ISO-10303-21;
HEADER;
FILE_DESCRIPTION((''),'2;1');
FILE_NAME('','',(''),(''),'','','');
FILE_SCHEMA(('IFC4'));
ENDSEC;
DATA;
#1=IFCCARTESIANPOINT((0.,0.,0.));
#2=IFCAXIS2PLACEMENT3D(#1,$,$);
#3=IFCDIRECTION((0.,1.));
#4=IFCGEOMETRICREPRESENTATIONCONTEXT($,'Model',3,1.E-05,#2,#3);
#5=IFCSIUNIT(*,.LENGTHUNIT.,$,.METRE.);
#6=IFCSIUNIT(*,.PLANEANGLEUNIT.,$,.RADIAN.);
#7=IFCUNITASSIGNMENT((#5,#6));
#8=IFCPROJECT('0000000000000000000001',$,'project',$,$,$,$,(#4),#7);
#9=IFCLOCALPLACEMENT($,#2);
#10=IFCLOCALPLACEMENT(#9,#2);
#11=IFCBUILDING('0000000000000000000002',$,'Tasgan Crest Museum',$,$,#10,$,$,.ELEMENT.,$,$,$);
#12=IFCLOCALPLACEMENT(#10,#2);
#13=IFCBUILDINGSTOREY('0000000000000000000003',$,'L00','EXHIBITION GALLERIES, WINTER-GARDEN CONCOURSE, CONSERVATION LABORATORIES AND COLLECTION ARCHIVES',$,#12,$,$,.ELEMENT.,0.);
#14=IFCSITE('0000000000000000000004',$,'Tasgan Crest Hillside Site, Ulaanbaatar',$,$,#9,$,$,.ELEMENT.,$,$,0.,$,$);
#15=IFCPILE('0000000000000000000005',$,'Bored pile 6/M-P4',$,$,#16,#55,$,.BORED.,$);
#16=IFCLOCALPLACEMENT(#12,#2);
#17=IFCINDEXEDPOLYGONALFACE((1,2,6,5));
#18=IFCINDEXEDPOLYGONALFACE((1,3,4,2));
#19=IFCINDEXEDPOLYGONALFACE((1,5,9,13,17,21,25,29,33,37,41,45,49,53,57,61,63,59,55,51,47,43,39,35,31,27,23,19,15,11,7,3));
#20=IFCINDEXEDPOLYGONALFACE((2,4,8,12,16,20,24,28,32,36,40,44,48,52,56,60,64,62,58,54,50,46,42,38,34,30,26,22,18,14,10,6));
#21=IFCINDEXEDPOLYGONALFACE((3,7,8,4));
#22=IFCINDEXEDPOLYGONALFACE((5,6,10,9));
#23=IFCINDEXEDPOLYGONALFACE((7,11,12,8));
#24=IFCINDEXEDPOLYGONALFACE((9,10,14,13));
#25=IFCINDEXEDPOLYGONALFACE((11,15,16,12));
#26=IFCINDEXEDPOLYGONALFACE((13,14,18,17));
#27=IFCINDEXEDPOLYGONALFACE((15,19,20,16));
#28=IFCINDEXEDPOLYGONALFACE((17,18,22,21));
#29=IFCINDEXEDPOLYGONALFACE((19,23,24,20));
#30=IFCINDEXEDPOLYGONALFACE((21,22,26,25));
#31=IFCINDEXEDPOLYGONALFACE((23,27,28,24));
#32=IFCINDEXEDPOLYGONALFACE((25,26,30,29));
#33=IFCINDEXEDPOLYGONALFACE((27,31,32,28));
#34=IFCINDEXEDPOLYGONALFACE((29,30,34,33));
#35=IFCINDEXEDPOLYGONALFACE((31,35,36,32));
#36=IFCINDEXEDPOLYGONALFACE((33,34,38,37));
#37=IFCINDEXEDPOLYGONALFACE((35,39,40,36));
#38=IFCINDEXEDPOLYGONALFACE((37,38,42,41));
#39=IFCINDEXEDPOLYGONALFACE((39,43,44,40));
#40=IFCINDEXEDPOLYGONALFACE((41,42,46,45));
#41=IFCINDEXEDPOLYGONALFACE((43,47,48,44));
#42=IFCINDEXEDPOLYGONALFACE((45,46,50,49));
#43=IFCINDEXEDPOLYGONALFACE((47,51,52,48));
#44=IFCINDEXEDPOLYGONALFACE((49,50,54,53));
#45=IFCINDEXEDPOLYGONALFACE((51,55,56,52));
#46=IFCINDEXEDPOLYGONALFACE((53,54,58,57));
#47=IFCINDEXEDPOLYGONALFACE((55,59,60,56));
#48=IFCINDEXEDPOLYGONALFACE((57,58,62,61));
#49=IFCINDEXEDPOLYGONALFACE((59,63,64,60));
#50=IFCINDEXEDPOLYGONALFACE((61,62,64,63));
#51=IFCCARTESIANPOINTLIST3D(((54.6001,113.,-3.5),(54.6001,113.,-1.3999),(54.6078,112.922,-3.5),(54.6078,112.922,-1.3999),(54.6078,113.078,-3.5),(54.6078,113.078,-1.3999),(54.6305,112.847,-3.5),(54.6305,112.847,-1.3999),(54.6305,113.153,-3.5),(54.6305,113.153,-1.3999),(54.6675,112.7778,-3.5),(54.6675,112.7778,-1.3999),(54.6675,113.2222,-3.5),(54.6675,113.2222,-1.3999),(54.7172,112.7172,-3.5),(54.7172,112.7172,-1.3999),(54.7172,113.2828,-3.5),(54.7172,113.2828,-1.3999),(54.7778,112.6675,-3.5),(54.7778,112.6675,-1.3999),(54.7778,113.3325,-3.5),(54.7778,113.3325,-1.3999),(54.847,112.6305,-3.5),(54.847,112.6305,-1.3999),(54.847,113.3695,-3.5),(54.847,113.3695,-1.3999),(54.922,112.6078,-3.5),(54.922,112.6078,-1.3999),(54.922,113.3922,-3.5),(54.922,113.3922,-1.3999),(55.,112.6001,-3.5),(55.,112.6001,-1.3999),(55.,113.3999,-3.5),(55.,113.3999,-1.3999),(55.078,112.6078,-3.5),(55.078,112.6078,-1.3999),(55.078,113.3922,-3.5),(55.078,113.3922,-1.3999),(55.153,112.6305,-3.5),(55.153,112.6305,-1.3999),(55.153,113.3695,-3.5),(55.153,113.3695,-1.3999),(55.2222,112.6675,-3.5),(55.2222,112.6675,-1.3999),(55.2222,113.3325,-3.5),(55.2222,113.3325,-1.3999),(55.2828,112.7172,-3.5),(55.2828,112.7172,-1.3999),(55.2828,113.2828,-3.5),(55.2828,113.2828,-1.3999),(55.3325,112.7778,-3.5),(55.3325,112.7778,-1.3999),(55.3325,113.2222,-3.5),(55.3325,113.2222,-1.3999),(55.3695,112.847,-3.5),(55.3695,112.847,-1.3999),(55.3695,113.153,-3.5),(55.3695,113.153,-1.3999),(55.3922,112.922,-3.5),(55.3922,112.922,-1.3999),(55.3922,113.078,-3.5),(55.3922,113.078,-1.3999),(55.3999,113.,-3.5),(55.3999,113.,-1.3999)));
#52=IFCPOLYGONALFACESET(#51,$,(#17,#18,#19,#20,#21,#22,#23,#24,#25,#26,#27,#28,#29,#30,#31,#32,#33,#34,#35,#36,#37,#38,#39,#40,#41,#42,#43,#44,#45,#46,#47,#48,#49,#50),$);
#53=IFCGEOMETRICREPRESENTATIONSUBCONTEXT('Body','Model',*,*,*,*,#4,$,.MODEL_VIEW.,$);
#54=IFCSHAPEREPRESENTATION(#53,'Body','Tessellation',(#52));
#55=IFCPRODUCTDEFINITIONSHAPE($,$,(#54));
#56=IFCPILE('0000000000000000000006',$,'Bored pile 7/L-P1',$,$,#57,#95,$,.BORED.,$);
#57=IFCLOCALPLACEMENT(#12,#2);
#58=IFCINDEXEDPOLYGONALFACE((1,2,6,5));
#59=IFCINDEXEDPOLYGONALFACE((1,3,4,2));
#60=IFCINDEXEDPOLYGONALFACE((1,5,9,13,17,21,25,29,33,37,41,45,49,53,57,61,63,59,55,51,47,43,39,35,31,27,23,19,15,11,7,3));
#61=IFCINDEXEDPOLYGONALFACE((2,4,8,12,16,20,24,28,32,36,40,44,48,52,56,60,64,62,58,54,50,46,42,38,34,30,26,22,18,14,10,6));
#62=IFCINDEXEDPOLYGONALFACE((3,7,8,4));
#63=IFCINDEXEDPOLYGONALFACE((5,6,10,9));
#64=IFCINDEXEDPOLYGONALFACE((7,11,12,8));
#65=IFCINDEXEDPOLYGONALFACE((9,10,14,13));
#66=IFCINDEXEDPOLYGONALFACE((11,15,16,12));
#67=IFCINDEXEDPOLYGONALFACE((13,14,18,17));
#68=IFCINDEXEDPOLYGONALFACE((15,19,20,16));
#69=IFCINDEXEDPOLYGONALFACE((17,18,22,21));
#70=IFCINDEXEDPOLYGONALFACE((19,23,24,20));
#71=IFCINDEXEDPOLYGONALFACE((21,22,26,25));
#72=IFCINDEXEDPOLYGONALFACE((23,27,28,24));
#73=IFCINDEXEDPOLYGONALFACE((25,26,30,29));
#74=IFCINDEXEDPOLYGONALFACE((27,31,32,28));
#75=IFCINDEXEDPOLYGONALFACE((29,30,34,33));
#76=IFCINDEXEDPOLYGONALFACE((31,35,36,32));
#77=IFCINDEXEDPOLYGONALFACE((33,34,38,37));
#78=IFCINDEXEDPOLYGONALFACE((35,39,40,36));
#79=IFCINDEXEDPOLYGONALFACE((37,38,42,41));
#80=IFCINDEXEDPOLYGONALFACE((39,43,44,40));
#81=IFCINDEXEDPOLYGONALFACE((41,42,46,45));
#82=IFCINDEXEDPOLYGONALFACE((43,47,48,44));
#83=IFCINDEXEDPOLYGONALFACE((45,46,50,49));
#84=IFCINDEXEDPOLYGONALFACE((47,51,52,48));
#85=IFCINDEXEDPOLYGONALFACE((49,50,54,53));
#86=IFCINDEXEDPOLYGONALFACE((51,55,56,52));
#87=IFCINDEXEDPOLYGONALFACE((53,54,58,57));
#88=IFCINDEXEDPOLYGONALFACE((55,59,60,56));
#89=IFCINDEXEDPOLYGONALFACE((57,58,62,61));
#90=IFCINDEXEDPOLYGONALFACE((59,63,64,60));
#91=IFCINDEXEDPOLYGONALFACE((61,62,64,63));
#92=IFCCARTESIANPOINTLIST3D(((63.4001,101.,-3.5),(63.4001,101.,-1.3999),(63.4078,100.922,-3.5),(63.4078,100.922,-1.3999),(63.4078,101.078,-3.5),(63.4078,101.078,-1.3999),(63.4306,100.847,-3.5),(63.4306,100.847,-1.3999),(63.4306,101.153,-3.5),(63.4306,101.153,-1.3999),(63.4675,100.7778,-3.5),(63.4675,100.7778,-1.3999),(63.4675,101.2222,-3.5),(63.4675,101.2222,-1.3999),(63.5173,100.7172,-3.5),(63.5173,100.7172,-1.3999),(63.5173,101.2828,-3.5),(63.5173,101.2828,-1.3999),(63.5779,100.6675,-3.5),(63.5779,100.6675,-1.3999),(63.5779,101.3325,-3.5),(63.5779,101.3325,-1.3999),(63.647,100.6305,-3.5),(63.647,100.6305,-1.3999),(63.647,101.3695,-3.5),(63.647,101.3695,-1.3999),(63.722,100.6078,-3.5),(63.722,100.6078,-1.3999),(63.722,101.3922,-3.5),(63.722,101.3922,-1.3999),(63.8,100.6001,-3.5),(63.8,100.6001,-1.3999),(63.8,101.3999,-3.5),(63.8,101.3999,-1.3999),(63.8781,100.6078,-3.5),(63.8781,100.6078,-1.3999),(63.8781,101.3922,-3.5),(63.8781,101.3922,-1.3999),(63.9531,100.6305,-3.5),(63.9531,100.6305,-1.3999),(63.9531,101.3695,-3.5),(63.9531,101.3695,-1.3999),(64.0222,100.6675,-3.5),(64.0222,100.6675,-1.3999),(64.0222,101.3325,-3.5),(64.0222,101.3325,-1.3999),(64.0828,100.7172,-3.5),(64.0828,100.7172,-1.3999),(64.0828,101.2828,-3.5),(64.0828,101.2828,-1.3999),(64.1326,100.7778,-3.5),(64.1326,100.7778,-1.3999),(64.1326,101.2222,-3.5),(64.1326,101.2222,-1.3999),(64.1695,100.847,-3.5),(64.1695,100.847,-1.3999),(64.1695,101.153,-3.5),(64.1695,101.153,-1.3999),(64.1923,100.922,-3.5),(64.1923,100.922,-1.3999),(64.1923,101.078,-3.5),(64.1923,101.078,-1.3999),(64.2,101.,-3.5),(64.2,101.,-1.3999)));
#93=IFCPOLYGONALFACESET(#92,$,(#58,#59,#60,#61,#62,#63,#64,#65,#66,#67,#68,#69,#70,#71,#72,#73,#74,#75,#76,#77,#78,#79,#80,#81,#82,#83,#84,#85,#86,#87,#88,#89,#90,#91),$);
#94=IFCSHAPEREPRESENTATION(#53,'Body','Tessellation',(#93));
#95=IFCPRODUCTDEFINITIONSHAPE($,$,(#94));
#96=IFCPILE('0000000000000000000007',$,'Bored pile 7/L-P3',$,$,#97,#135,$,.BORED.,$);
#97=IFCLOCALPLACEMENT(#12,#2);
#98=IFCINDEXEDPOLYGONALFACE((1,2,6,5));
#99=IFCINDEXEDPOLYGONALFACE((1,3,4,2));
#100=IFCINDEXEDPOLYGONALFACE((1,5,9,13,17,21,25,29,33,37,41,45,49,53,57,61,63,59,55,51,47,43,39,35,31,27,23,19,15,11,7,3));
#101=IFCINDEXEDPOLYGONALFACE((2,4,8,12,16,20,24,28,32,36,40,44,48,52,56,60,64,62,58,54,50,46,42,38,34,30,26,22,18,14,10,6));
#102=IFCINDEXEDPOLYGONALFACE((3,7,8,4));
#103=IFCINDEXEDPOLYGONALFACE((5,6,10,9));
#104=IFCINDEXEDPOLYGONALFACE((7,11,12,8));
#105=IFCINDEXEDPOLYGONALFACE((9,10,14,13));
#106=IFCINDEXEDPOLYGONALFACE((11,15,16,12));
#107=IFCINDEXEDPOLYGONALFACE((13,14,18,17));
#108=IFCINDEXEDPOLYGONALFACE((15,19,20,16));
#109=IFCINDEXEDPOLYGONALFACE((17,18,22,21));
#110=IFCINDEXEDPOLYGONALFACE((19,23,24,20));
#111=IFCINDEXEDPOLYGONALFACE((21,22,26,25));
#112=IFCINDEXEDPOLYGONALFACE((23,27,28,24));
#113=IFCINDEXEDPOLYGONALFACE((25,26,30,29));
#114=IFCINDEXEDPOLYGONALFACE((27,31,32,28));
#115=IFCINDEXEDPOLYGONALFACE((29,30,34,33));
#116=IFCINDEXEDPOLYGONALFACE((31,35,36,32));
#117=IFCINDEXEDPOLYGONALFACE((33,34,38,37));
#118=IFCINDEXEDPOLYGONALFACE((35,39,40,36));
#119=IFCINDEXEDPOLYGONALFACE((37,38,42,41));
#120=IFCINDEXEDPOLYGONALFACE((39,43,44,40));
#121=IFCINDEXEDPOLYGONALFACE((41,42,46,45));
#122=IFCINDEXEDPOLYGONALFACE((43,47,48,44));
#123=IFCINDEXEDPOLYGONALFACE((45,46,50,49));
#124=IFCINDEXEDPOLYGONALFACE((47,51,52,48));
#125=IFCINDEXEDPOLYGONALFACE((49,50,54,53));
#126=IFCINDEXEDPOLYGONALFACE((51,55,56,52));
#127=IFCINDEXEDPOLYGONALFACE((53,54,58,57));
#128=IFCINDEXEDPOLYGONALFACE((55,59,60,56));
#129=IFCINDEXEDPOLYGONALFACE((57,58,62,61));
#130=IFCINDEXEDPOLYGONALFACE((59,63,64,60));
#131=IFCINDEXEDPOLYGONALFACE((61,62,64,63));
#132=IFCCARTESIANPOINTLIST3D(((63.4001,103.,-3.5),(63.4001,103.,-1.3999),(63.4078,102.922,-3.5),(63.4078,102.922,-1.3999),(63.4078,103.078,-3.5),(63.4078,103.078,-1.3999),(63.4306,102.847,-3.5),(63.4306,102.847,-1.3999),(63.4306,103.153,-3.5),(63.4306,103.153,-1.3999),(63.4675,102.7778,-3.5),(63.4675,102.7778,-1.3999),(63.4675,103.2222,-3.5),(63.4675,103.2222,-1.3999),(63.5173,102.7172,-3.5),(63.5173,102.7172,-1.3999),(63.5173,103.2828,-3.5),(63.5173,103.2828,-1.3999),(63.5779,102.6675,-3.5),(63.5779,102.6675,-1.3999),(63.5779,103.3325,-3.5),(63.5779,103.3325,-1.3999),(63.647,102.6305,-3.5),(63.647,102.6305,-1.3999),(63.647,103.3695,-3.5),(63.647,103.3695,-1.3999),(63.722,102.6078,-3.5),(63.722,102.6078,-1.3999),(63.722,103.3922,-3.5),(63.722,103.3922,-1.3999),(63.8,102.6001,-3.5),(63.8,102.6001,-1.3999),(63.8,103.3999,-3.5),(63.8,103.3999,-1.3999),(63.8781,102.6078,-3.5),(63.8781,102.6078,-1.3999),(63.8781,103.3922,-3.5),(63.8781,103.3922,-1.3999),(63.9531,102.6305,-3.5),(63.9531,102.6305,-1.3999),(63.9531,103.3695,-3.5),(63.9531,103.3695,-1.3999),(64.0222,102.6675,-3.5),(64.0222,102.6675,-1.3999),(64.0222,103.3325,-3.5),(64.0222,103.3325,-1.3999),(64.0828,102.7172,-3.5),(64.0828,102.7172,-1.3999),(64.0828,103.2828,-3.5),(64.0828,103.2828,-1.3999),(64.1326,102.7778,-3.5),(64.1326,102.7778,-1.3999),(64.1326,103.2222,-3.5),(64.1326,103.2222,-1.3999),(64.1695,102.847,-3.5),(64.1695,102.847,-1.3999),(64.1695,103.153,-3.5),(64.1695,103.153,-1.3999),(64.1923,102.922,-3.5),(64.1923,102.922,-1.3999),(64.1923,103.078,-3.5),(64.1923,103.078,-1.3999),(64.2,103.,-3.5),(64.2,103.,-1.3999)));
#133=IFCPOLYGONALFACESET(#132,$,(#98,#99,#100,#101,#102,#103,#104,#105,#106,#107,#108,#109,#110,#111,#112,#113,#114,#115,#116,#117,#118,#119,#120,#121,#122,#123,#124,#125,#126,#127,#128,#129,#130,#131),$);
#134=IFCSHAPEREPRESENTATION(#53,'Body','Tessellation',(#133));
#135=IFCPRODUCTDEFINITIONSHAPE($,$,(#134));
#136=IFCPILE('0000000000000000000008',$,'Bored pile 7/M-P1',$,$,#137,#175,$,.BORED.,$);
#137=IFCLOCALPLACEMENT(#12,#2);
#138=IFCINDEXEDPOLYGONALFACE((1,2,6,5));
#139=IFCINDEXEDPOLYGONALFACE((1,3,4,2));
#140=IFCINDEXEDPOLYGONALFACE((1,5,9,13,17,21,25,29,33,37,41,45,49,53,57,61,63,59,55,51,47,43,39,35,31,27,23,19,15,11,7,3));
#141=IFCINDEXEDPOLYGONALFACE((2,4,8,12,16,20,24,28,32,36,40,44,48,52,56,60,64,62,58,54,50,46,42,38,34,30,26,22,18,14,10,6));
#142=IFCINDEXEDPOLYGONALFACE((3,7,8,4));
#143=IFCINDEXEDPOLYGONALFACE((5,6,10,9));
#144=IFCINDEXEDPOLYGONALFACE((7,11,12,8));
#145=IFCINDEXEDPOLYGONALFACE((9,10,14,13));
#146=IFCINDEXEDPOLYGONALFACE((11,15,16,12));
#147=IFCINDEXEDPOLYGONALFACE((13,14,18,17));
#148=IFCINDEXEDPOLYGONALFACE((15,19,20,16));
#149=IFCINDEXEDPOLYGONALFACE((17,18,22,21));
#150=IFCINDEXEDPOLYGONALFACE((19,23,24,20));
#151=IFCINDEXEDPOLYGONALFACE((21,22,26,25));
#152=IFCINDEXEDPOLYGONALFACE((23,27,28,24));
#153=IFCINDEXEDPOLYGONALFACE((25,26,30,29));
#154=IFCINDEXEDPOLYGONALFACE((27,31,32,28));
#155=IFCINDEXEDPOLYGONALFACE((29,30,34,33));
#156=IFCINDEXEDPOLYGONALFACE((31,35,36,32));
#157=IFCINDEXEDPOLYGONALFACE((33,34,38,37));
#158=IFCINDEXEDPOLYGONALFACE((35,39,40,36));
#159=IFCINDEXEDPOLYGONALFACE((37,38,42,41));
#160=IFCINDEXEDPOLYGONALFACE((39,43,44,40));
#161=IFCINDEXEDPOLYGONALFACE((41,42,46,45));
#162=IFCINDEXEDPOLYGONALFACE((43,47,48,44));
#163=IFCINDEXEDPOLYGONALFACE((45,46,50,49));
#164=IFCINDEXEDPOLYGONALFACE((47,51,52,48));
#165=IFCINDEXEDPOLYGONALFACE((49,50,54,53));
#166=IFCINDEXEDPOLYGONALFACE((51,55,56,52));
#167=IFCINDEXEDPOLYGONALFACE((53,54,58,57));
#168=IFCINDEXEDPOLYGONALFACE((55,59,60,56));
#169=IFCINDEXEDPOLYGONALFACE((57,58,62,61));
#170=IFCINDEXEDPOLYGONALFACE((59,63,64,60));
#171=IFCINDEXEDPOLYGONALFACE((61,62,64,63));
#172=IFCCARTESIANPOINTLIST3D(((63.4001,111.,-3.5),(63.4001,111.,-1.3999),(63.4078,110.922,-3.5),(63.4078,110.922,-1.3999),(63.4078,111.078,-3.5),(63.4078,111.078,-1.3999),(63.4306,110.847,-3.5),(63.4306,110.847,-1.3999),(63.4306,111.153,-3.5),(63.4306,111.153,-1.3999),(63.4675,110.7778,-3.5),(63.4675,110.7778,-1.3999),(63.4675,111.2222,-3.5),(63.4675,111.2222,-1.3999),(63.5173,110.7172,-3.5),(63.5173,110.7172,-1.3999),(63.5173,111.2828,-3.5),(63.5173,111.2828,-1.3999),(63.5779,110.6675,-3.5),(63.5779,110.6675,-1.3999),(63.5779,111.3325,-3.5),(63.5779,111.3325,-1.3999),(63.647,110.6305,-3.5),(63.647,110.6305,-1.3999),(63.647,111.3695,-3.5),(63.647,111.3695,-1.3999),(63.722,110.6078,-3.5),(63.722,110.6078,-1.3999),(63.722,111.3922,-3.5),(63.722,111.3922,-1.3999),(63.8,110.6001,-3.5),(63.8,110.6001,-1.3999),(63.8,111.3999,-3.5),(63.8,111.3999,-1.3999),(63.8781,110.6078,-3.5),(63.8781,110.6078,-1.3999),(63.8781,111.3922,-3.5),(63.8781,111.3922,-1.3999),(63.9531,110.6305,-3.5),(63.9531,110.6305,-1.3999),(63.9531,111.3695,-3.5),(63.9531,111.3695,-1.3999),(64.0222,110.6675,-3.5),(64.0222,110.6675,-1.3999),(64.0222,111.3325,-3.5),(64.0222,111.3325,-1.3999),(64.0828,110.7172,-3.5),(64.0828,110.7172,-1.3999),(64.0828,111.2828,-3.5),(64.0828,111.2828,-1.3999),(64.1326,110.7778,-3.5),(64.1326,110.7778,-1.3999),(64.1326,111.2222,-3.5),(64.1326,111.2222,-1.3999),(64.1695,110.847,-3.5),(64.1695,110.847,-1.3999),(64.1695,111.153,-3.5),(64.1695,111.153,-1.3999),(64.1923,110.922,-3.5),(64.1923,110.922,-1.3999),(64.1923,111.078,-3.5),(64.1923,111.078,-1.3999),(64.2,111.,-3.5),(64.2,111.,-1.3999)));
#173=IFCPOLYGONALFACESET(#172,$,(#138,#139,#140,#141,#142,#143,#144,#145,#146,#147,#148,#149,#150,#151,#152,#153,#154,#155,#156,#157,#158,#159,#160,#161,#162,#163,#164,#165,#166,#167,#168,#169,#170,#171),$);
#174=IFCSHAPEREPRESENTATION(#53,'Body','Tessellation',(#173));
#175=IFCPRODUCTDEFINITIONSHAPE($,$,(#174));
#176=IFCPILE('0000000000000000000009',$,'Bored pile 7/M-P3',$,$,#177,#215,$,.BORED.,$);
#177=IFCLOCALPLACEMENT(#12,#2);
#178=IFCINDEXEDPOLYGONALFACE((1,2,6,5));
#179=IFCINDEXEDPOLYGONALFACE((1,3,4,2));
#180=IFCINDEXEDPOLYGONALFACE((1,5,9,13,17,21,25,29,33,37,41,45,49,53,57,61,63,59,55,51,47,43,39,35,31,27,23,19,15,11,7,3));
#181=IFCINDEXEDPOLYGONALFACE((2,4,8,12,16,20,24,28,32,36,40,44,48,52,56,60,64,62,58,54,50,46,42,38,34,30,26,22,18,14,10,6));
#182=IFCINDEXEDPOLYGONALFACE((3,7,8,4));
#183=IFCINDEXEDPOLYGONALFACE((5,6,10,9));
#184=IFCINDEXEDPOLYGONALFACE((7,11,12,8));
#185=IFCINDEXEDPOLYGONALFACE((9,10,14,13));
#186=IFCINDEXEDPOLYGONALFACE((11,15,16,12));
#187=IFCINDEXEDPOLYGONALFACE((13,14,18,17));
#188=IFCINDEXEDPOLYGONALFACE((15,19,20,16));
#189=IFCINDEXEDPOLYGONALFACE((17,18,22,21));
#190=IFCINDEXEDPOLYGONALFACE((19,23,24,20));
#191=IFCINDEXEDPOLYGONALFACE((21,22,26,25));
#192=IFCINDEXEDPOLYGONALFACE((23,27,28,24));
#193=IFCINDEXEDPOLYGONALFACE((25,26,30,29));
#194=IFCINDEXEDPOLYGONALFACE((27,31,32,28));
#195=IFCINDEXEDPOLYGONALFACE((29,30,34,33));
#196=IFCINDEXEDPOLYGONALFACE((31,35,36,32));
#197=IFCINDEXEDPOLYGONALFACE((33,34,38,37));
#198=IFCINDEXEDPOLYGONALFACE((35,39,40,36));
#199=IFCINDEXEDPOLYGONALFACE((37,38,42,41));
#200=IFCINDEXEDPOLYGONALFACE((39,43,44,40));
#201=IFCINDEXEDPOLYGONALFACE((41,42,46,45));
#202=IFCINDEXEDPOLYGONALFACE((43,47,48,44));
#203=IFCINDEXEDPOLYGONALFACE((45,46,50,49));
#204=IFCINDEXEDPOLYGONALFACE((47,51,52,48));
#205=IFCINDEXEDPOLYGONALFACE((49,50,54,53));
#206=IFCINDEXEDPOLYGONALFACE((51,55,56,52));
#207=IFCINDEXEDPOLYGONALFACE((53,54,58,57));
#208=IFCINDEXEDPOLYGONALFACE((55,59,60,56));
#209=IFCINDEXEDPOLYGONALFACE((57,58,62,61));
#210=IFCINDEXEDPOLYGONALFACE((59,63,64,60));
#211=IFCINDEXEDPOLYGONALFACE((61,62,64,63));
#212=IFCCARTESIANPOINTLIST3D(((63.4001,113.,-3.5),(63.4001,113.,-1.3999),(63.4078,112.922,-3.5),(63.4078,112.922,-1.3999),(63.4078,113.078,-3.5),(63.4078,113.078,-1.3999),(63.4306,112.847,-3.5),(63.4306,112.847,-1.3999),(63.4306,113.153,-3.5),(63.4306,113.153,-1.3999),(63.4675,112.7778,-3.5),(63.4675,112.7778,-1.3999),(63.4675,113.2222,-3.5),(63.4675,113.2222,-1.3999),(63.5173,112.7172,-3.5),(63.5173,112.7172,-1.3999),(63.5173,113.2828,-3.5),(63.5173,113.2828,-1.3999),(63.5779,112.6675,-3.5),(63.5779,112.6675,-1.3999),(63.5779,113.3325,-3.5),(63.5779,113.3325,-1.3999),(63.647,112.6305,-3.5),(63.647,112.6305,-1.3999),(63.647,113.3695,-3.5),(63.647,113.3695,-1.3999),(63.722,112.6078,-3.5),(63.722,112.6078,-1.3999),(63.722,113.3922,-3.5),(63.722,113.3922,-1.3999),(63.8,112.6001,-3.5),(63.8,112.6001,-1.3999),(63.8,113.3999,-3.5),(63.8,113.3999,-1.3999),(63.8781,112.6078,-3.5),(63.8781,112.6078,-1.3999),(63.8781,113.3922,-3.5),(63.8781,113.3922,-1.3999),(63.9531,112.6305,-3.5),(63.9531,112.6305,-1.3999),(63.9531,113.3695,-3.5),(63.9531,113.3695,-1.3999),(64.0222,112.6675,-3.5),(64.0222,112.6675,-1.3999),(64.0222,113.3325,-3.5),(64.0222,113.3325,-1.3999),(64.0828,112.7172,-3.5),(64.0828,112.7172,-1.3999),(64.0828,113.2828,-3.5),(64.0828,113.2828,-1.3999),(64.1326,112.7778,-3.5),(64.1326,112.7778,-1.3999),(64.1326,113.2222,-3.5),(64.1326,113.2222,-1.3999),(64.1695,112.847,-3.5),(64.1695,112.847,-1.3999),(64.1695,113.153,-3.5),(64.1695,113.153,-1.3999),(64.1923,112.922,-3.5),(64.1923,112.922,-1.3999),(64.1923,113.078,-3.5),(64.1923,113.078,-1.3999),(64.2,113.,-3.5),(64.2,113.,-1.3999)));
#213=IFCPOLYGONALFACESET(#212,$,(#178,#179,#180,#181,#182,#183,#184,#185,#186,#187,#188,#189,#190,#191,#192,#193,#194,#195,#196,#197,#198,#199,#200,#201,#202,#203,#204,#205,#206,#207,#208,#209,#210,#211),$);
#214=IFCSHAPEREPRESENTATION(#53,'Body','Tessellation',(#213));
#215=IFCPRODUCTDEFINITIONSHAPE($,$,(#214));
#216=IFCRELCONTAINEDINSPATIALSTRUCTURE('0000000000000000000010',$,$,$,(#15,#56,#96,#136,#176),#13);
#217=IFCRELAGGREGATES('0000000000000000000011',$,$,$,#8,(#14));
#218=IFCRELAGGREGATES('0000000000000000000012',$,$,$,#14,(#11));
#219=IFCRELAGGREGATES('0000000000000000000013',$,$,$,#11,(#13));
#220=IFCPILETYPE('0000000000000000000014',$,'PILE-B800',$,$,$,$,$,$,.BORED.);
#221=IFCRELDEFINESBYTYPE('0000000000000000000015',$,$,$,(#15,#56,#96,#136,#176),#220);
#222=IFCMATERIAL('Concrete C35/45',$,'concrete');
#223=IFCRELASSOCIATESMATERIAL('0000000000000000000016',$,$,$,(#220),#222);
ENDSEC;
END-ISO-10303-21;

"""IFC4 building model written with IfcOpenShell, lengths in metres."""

from ifc_helpers import new_model, si_unit, direction, frame, origin, origin_2d, place, context, subcontext, project, spatial, circle, extrude, material, material_profile, profile_set, type_object, element, save


model = new_model("IFC4")

# Units and contexts
model_context = context("Model", 3, precision=1e-05, world=origin(), true_north=direction((0.0, 1.0)))
body_context = subcontext(model_context, "Body", "Model", "MODEL_VIEW")
ifc_project = project(units=[si_unit("LENGTHUNIT", "METRE"), si_unit("PLANEANGLEUNIT", "RADIAN")], contexts=[model_context])

# Site, building, storey
site_placement = place(None, origin())
site = spatial("IfcSite", under=ifc_project, at=site_placement, Name="Tasgan Crest Hillside Site, Ulaanbaatar", CompositionType="ELEMENT", RefElevation=0.0)
building_placement = place(site_placement, origin())
building = spatial("IfcBuilding", under=site, at=building_placement, Name="Tasgan Crest Museum", CompositionType="ELEMENT")
storey_placement = place(building_placement, origin())
storey = spatial("IfcBuildingStorey", under=building, at=storey_placement, Name="L00", Description="EXHIBITION GALLERIES, WINTER-GARDEN CONCOURSE, CONSERVATION LABORATORIES AND COLLECTION ARCHIVES", CompositionType="ELEMENT", Elevation=0.0)

# Piles
ifc_material_1 = material(Name="Concrete C35/45", Category="concrete")
ifc_material_profile_1 = material_profile(ifc_material_1, circle(Radius=0.3999, at=origin_2d()), Name="PILE D800")
ifc_profile_set_1 = profile_set([ifc_material_profile_1], Name="Concrete C35/45")
pile_type_1 = type_object("IfcPileType", Name="PILE-B800", PredefinedType="BORED", material=ifc_profile_set_1)
for number, where, z_axis, x_axis, name in (
    (1, (55.0, 113.0, -1.3999), (0.0, 0.0, -1.0), (1.0, 0.0, 0.0), "Bored pile 6/M-P4"),
    (2, (63.8, 101.0, -1.3999), (0.0, 0.0, -1.0), (1.0, 0.0, 0.0), "Bored pile 7/L-P1"),
    (3, (63.8, 103.0, -1.3999), (0.0, 0.0, -1.0), (1.0, 0.0, 0.0), "Bored pile 7/L-P3"),
    (4, (63.8, 111.0, -1.3999), (0.0, 0.0, -1.0), (1.0, 0.0, 0.0), "Bored pile 7/M-P1"),
    (5, (63.8, 113.0, -1.3999), (0.0, 0.0, -1.0), (1.0, 0.0, 0.0), "Bored pile 7/M-P3"),
):
    element("IfcPile", number, at=place(storey_placement, frame(where, z_axis=z_axis, x_axis=x_axis)), inside=storey, type_object=pile_type_1, Name=name, PredefinedType="BORED", context=body_context, shape_type="SweptSolid", body=[
        extrude(circle(Radius=0.3999, at=origin_2d()), origin(), (0.0, 0.0, 1.0), 2.1001),
    ])

save(model, "model.ifc")
